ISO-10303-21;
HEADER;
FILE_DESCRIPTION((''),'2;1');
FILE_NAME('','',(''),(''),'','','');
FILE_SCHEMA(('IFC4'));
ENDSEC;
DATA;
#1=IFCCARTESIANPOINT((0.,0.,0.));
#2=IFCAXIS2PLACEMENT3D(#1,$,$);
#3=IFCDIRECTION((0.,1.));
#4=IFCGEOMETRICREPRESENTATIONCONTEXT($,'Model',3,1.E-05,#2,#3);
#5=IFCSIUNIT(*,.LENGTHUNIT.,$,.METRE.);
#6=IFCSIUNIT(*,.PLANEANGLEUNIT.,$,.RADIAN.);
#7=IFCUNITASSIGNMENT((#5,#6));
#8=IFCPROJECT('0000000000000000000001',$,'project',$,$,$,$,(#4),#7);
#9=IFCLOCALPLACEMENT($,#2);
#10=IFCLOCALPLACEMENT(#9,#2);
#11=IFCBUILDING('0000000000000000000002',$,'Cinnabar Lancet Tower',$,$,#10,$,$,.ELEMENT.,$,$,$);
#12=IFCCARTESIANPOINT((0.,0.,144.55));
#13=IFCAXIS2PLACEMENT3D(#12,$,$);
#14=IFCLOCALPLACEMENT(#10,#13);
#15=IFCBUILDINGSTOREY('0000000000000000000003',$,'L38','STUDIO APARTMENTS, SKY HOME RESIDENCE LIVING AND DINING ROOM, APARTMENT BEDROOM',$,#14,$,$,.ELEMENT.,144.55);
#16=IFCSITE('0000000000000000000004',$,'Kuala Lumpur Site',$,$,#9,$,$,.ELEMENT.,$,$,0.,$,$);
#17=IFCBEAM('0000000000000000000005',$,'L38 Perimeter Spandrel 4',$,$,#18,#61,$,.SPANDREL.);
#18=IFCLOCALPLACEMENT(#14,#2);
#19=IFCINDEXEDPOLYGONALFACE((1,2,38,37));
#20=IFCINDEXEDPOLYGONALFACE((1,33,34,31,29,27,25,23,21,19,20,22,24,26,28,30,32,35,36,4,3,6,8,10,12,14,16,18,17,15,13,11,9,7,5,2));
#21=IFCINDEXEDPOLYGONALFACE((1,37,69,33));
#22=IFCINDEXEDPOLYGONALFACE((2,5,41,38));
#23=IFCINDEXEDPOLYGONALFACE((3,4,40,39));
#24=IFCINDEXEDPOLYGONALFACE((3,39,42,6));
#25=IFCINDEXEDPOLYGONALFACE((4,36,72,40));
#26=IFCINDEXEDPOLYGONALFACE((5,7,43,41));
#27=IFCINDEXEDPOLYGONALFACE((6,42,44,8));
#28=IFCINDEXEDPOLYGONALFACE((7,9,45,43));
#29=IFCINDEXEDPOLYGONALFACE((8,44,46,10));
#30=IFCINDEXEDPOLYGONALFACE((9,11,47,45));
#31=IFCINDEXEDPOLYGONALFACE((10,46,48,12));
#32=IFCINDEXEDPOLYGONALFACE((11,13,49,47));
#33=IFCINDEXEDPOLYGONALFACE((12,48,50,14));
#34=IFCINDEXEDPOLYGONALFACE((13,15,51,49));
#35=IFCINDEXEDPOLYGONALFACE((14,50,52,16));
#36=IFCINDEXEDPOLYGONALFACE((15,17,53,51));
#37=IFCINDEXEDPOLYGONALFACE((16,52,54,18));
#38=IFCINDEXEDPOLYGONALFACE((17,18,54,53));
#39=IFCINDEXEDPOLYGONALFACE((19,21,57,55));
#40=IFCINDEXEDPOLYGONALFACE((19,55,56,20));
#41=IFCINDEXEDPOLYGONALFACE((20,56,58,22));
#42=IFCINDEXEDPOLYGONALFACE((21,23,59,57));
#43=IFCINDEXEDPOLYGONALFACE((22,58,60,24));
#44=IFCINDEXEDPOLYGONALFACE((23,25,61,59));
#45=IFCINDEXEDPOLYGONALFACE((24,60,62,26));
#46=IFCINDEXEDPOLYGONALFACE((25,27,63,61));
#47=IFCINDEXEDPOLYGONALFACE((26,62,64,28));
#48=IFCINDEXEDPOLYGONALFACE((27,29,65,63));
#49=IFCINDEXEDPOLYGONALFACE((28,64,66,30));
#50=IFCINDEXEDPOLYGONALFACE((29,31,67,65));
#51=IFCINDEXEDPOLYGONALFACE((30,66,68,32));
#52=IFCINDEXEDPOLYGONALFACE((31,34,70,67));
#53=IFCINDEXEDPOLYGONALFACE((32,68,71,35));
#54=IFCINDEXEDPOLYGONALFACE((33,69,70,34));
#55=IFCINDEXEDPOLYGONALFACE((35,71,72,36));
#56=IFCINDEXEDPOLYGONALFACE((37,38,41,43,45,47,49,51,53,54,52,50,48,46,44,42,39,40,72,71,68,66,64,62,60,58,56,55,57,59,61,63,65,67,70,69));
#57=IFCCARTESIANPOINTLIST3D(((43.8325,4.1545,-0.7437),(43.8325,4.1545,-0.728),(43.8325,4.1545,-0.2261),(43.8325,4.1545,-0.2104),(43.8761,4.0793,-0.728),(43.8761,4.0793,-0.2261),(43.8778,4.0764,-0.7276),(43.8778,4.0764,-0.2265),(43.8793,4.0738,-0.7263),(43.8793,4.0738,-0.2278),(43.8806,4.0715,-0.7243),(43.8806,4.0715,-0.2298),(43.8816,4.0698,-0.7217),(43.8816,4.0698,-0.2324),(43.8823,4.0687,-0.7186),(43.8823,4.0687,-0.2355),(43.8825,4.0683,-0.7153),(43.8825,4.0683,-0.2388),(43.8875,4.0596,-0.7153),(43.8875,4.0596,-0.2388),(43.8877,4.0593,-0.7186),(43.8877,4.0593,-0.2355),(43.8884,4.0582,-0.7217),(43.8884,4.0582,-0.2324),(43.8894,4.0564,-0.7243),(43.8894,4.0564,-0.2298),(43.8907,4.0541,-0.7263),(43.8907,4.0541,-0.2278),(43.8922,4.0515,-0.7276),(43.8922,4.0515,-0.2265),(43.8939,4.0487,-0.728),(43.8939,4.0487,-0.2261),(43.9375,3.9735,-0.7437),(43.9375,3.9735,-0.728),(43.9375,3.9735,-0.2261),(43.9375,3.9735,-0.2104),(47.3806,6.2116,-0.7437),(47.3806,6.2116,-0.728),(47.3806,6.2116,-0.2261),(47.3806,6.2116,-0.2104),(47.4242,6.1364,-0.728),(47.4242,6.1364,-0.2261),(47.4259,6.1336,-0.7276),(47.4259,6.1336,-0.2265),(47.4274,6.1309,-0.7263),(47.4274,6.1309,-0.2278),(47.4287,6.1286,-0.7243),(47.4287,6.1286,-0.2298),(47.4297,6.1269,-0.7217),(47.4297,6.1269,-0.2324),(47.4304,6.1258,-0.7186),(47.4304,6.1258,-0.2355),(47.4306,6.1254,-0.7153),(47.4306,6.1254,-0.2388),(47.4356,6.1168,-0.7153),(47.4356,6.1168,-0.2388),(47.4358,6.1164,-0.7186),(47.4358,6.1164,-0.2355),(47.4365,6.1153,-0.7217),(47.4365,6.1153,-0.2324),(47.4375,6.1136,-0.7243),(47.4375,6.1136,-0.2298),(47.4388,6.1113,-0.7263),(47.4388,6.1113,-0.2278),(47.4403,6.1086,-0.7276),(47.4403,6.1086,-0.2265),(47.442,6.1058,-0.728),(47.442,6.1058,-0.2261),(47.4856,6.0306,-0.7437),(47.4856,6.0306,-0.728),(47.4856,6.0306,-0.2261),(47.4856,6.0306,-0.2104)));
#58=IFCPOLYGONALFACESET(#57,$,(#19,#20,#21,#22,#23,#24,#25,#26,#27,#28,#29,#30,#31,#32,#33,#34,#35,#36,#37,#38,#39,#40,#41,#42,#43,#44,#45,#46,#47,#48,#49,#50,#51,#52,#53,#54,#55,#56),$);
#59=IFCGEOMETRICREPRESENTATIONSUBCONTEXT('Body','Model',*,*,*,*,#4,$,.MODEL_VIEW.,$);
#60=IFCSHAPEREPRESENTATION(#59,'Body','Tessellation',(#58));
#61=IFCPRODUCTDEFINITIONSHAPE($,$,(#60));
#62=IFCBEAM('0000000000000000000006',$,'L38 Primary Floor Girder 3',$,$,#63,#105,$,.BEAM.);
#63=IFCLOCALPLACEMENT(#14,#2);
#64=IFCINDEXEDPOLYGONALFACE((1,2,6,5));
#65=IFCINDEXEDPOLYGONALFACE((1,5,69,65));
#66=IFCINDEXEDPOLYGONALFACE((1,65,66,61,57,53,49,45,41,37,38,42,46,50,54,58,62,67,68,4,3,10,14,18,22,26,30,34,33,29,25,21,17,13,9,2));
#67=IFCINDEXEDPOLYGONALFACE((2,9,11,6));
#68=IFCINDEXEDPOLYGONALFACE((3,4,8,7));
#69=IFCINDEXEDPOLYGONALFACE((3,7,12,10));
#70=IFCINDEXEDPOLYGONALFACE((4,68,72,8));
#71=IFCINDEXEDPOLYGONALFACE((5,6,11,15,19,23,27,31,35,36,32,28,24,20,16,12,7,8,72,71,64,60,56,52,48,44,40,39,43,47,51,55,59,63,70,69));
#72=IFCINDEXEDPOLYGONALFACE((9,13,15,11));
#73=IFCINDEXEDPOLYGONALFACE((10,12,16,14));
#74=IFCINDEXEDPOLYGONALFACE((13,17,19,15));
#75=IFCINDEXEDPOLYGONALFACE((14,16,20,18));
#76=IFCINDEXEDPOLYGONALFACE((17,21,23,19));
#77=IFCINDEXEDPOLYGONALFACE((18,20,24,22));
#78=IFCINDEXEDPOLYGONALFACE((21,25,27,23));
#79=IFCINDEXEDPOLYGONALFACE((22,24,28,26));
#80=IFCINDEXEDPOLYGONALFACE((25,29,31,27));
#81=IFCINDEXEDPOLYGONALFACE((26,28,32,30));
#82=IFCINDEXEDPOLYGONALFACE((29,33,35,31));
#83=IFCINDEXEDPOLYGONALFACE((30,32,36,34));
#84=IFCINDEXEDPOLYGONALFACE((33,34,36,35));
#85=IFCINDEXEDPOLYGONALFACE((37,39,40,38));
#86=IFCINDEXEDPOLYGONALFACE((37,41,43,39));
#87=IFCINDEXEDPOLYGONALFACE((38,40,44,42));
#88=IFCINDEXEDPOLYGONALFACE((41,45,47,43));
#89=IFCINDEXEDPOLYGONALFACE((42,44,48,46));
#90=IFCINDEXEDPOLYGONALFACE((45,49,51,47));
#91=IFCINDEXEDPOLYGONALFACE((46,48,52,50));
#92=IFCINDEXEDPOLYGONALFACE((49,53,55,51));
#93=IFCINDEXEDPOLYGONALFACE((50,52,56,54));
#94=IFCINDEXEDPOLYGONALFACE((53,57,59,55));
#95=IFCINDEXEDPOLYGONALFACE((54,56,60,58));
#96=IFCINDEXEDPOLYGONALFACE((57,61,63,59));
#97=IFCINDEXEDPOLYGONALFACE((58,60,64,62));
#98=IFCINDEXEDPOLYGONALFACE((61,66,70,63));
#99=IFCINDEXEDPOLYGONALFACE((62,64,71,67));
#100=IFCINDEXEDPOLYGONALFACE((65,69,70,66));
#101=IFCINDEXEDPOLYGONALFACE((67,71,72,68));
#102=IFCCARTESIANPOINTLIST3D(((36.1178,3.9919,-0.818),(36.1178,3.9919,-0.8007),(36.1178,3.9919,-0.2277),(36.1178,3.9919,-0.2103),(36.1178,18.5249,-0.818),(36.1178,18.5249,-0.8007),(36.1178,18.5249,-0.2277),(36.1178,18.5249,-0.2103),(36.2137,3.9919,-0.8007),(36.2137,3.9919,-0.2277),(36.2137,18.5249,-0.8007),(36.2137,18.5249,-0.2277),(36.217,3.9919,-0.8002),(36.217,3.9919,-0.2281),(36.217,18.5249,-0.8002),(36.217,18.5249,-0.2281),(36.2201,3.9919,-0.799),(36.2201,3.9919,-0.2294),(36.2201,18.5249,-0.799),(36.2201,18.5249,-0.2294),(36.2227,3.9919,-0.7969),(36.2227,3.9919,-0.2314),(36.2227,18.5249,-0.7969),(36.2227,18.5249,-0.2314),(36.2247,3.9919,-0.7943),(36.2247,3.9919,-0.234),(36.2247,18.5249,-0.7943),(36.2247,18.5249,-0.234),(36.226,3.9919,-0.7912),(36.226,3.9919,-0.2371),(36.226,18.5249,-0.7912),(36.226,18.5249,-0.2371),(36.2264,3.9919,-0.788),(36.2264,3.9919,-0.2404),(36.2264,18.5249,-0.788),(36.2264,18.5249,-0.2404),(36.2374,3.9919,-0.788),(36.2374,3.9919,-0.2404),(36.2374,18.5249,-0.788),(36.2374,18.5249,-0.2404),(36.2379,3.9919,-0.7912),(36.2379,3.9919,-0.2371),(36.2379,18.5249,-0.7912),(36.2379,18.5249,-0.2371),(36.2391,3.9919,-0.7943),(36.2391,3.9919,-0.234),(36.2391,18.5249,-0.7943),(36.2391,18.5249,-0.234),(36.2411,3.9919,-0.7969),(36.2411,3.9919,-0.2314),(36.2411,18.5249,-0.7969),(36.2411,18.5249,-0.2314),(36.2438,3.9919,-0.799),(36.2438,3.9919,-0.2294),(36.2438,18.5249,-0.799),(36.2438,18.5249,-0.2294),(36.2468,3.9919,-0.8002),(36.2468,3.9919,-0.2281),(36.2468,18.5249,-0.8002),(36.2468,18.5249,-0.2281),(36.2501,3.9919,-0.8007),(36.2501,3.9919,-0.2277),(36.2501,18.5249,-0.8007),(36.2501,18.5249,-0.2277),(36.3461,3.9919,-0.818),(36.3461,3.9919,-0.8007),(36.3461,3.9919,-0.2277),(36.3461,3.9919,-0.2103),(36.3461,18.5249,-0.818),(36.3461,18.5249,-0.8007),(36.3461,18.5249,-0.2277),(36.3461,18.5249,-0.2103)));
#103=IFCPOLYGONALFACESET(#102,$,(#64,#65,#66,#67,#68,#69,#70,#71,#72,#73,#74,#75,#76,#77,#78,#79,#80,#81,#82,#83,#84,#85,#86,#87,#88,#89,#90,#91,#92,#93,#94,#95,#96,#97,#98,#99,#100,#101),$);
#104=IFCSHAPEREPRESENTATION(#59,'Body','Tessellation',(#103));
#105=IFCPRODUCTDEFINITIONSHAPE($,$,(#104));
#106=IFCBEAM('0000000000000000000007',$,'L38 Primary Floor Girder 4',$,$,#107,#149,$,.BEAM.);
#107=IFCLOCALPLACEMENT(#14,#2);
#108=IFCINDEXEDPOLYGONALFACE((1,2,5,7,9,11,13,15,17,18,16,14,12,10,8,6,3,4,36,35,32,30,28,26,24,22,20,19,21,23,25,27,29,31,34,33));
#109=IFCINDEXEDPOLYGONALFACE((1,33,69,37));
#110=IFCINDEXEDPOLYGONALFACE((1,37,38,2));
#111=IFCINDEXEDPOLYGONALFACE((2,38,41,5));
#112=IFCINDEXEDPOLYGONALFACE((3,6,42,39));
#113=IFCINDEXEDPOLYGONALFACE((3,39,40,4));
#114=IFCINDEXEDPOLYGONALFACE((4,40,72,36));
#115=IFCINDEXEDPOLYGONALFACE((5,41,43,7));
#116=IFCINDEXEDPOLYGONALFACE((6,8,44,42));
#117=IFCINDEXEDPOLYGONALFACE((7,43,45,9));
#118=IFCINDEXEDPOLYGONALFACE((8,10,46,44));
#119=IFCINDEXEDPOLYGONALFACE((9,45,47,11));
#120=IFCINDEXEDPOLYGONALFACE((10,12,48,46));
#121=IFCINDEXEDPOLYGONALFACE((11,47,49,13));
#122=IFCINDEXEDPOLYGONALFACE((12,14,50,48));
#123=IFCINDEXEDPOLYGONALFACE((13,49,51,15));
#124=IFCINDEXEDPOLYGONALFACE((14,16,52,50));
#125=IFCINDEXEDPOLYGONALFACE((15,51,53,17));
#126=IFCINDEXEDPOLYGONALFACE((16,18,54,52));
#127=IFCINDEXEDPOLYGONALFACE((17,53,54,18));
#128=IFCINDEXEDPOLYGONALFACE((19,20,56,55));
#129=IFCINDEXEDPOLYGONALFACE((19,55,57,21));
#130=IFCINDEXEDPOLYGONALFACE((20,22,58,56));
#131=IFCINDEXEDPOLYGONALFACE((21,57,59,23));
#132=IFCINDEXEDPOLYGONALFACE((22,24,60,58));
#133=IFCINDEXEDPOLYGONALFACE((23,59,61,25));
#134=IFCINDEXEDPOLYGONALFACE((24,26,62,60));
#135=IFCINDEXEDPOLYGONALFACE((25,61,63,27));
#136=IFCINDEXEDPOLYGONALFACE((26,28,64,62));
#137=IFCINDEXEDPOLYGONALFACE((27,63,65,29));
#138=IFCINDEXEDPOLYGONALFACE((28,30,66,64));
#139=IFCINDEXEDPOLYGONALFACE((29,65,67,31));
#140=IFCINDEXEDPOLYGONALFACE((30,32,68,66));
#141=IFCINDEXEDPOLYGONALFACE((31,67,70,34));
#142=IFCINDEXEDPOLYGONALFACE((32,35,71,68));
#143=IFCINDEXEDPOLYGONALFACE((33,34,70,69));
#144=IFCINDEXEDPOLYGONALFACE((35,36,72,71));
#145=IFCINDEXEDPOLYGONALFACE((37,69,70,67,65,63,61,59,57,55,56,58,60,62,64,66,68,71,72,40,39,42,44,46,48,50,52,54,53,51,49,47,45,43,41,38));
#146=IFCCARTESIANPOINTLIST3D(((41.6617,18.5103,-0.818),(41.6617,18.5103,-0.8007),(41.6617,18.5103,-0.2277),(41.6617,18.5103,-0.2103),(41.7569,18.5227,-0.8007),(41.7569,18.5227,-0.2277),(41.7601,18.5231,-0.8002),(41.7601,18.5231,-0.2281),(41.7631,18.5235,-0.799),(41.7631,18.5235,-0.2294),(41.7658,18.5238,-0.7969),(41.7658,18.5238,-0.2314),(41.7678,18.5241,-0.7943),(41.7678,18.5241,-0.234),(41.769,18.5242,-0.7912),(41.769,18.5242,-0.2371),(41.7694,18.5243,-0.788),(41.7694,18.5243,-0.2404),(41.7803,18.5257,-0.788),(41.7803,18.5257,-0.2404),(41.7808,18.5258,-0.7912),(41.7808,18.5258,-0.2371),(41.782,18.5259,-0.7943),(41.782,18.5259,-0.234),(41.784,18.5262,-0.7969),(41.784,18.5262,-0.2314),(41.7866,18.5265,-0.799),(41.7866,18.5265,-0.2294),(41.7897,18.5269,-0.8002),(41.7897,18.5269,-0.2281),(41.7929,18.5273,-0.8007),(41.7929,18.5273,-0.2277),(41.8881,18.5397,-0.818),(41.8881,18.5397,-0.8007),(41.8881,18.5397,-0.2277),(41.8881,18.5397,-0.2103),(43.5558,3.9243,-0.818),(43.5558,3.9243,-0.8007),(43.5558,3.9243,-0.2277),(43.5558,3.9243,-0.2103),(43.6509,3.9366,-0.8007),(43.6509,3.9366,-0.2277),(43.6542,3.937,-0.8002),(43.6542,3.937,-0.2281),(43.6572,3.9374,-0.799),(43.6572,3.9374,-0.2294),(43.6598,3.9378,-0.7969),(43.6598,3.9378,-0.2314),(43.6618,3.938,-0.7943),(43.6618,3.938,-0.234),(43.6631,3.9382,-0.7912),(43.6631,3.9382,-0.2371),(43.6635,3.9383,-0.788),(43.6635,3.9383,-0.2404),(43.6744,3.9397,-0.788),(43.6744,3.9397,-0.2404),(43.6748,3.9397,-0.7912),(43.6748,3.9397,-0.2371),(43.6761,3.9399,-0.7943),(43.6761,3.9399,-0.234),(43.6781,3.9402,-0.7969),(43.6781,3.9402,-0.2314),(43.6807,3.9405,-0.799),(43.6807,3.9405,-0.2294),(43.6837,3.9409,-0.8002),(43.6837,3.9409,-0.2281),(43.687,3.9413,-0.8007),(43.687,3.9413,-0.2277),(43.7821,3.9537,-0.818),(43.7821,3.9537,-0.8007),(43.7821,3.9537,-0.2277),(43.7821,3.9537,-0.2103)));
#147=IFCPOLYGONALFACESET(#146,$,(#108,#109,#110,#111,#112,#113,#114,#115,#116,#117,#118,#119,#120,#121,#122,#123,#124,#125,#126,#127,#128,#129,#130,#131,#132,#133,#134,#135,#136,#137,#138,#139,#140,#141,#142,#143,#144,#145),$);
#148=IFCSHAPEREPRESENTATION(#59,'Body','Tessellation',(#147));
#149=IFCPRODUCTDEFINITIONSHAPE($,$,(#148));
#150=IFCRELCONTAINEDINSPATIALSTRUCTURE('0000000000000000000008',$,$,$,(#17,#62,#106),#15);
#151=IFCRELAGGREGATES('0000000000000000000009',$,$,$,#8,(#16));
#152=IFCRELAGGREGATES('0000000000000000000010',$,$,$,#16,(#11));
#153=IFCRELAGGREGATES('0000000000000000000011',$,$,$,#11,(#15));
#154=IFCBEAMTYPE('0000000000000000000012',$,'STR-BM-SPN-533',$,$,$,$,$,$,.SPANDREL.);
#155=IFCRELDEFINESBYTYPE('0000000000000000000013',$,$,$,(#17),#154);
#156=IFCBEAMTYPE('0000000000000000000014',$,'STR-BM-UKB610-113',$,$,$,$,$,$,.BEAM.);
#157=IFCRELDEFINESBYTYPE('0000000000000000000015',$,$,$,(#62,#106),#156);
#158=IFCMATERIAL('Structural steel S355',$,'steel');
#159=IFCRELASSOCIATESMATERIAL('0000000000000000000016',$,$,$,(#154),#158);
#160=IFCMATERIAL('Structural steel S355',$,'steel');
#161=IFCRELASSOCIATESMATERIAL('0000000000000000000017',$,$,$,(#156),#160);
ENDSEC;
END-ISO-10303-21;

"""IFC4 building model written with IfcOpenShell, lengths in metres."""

from ifc_helpers import new_model, si_unit, direction, frame, origin, origin_2d, place, context, subcontext, project, spatial, i_section, extrude, material, material_profile, profile_set, type_object, element, save


model = new_model("IFC4")

# Units and contexts
model_context = context("Model", 3, precision=1e-05, world=origin(), true_north=direction((0.0, 1.0)))
body_context = subcontext(model_context, "Body", "Model", "MODEL_VIEW")
ifc_project = project(units=[si_unit("LENGTHUNIT", "METRE"), si_unit("PLANEANGLEUNIT", "RADIAN")], contexts=[model_context])

# Site, building, storey
site_placement = place(None, origin())
site = spatial("IfcSite", under=ifc_project, at=site_placement, Name="Kuala Lumpur Site", CompositionType="ELEMENT", RefElevation=0.0)
building_placement = place(site_placement, origin())
building = spatial("IfcBuilding", under=site, at=building_placement, Name="Cinnabar Lancet Tower", CompositionType="ELEMENT")
storey_placement = place(building_placement, frame((0.0, 0.0, 144.55)))
storey = spatial("IfcBuildingStorey", under=building, at=storey_placement, Name="L38", Description="STUDIO APARTMENTS, SKY HOME RESIDENCE LIVING AND DINING ROOM, APARTMENT BEDROOM", CompositionType="ELEMENT", Elevation=144.55)

# Beams
ifc_material_1 = material(Name="Structural steel S355", Category="steel")
ifc_material_profile_1 = material_profile(ifc_material_1, i_section(OverallWidth=0.2092, OverallDepth=0.5332, WebThickness=0.01, FlangeThickness=0.0156, FilletRadius=0.0127, at=origin_2d()), Name="UKB 533x210x92")
ifc_profile_set_1 = profile_set([ifc_material_profile_1], Name="Structural steel S355")
beam_type_1 = type_object("IfcBeamType", Name="STR-BM-SPN-533", PredefinedType="SPANDREL", material=ifc_profile_set_1)
beam_1_placement = place(storey_placement, frame((43.885, 4.064, -0.4771), z_axis=(0.865112, 0.501578, 0.0), x_axis=(-0.501578, 0.865112, 0.0)))
element("IfcBeam", 1, at=beam_1_placement, inside=storey, type_object=beam_type_1, Name="L38 Perimeter Spandrel 4", PredefinedType="SPANDREL", context=body_context, shape_type="SweptSolid", body=[
    extrude(i_section(OverallWidth=0.2092, OverallDepth=0.5332, WebThickness=0.01, FlangeThickness=0.0156, FilletRadius=0.0127, at=origin_2d()), origin(), (0.0, 0.0, 1.0), 4.1013),
])
ifc_material_2 = material(Name="Structural steel S355", Category="steel")
ifc_material_profile_2 = material_profile(ifc_material_2, i_section(OverallWidth=0.2283, OverallDepth=0.6077, WebThickness=0.011, FlangeThickness=0.0173, FilletRadius=0.0127, at=origin_2d()), Name="UKB 610x229x113")
ifc_profile_set_2 = profile_set([ifc_material_profile_2], Name="Structural steel S355")
beam_type_2 = type_object("IfcBeamType", Name="STR-BM-UKB610-113", PredefinedType="BEAM", material=ifc_profile_set_2)
beam_2_placement = place(storey_placement, frame((36.2319, 3.9919, -0.5142), z_axis=(0.0, 1.0, 0.0), x_axis=(-1.0, 0.0, 0.0)))
element("IfcBeam", 2, at=beam_2_placement, inside=storey, type_object=beam_type_2, Name="L38 Primary Floor Girder 3", PredefinedType="BEAM", context=body_context, shape_type="SweptSolid", body=[
    extrude(i_section(OverallWidth=0.2283, OverallDepth=0.6077, WebThickness=0.011, FlangeThickness=0.0173, FilletRadius=0.0127, at=origin_2d()), origin(), (0.0, 0.0, 1.0), 14.533),
])
beam_3_placement = place(storey_placement, frame((43.6689, 3.939, -0.5142), z_axis=(-0.128773, 0.991674, 0.0), x_axis=(-0.991674, -0.128773, 0.0)))
element("IfcBeam", 3, at=beam_3_placement, inside=storey, type_object=beam_type_2, Name="L38 Primary Floor Girder 4", PredefinedType="BEAM", context=body_context, shape_type="SweptSolid", body=[
    extrude(i_section(OverallWidth=0.2283, OverallDepth=0.6077, WebThickness=0.011, FlangeThickness=0.0173, FilletRadius=0.0127, at=origin_2d()), origin(), (0.0, 0.0, 1.0), 14.7085),
])

save(model, "model.ifc")
